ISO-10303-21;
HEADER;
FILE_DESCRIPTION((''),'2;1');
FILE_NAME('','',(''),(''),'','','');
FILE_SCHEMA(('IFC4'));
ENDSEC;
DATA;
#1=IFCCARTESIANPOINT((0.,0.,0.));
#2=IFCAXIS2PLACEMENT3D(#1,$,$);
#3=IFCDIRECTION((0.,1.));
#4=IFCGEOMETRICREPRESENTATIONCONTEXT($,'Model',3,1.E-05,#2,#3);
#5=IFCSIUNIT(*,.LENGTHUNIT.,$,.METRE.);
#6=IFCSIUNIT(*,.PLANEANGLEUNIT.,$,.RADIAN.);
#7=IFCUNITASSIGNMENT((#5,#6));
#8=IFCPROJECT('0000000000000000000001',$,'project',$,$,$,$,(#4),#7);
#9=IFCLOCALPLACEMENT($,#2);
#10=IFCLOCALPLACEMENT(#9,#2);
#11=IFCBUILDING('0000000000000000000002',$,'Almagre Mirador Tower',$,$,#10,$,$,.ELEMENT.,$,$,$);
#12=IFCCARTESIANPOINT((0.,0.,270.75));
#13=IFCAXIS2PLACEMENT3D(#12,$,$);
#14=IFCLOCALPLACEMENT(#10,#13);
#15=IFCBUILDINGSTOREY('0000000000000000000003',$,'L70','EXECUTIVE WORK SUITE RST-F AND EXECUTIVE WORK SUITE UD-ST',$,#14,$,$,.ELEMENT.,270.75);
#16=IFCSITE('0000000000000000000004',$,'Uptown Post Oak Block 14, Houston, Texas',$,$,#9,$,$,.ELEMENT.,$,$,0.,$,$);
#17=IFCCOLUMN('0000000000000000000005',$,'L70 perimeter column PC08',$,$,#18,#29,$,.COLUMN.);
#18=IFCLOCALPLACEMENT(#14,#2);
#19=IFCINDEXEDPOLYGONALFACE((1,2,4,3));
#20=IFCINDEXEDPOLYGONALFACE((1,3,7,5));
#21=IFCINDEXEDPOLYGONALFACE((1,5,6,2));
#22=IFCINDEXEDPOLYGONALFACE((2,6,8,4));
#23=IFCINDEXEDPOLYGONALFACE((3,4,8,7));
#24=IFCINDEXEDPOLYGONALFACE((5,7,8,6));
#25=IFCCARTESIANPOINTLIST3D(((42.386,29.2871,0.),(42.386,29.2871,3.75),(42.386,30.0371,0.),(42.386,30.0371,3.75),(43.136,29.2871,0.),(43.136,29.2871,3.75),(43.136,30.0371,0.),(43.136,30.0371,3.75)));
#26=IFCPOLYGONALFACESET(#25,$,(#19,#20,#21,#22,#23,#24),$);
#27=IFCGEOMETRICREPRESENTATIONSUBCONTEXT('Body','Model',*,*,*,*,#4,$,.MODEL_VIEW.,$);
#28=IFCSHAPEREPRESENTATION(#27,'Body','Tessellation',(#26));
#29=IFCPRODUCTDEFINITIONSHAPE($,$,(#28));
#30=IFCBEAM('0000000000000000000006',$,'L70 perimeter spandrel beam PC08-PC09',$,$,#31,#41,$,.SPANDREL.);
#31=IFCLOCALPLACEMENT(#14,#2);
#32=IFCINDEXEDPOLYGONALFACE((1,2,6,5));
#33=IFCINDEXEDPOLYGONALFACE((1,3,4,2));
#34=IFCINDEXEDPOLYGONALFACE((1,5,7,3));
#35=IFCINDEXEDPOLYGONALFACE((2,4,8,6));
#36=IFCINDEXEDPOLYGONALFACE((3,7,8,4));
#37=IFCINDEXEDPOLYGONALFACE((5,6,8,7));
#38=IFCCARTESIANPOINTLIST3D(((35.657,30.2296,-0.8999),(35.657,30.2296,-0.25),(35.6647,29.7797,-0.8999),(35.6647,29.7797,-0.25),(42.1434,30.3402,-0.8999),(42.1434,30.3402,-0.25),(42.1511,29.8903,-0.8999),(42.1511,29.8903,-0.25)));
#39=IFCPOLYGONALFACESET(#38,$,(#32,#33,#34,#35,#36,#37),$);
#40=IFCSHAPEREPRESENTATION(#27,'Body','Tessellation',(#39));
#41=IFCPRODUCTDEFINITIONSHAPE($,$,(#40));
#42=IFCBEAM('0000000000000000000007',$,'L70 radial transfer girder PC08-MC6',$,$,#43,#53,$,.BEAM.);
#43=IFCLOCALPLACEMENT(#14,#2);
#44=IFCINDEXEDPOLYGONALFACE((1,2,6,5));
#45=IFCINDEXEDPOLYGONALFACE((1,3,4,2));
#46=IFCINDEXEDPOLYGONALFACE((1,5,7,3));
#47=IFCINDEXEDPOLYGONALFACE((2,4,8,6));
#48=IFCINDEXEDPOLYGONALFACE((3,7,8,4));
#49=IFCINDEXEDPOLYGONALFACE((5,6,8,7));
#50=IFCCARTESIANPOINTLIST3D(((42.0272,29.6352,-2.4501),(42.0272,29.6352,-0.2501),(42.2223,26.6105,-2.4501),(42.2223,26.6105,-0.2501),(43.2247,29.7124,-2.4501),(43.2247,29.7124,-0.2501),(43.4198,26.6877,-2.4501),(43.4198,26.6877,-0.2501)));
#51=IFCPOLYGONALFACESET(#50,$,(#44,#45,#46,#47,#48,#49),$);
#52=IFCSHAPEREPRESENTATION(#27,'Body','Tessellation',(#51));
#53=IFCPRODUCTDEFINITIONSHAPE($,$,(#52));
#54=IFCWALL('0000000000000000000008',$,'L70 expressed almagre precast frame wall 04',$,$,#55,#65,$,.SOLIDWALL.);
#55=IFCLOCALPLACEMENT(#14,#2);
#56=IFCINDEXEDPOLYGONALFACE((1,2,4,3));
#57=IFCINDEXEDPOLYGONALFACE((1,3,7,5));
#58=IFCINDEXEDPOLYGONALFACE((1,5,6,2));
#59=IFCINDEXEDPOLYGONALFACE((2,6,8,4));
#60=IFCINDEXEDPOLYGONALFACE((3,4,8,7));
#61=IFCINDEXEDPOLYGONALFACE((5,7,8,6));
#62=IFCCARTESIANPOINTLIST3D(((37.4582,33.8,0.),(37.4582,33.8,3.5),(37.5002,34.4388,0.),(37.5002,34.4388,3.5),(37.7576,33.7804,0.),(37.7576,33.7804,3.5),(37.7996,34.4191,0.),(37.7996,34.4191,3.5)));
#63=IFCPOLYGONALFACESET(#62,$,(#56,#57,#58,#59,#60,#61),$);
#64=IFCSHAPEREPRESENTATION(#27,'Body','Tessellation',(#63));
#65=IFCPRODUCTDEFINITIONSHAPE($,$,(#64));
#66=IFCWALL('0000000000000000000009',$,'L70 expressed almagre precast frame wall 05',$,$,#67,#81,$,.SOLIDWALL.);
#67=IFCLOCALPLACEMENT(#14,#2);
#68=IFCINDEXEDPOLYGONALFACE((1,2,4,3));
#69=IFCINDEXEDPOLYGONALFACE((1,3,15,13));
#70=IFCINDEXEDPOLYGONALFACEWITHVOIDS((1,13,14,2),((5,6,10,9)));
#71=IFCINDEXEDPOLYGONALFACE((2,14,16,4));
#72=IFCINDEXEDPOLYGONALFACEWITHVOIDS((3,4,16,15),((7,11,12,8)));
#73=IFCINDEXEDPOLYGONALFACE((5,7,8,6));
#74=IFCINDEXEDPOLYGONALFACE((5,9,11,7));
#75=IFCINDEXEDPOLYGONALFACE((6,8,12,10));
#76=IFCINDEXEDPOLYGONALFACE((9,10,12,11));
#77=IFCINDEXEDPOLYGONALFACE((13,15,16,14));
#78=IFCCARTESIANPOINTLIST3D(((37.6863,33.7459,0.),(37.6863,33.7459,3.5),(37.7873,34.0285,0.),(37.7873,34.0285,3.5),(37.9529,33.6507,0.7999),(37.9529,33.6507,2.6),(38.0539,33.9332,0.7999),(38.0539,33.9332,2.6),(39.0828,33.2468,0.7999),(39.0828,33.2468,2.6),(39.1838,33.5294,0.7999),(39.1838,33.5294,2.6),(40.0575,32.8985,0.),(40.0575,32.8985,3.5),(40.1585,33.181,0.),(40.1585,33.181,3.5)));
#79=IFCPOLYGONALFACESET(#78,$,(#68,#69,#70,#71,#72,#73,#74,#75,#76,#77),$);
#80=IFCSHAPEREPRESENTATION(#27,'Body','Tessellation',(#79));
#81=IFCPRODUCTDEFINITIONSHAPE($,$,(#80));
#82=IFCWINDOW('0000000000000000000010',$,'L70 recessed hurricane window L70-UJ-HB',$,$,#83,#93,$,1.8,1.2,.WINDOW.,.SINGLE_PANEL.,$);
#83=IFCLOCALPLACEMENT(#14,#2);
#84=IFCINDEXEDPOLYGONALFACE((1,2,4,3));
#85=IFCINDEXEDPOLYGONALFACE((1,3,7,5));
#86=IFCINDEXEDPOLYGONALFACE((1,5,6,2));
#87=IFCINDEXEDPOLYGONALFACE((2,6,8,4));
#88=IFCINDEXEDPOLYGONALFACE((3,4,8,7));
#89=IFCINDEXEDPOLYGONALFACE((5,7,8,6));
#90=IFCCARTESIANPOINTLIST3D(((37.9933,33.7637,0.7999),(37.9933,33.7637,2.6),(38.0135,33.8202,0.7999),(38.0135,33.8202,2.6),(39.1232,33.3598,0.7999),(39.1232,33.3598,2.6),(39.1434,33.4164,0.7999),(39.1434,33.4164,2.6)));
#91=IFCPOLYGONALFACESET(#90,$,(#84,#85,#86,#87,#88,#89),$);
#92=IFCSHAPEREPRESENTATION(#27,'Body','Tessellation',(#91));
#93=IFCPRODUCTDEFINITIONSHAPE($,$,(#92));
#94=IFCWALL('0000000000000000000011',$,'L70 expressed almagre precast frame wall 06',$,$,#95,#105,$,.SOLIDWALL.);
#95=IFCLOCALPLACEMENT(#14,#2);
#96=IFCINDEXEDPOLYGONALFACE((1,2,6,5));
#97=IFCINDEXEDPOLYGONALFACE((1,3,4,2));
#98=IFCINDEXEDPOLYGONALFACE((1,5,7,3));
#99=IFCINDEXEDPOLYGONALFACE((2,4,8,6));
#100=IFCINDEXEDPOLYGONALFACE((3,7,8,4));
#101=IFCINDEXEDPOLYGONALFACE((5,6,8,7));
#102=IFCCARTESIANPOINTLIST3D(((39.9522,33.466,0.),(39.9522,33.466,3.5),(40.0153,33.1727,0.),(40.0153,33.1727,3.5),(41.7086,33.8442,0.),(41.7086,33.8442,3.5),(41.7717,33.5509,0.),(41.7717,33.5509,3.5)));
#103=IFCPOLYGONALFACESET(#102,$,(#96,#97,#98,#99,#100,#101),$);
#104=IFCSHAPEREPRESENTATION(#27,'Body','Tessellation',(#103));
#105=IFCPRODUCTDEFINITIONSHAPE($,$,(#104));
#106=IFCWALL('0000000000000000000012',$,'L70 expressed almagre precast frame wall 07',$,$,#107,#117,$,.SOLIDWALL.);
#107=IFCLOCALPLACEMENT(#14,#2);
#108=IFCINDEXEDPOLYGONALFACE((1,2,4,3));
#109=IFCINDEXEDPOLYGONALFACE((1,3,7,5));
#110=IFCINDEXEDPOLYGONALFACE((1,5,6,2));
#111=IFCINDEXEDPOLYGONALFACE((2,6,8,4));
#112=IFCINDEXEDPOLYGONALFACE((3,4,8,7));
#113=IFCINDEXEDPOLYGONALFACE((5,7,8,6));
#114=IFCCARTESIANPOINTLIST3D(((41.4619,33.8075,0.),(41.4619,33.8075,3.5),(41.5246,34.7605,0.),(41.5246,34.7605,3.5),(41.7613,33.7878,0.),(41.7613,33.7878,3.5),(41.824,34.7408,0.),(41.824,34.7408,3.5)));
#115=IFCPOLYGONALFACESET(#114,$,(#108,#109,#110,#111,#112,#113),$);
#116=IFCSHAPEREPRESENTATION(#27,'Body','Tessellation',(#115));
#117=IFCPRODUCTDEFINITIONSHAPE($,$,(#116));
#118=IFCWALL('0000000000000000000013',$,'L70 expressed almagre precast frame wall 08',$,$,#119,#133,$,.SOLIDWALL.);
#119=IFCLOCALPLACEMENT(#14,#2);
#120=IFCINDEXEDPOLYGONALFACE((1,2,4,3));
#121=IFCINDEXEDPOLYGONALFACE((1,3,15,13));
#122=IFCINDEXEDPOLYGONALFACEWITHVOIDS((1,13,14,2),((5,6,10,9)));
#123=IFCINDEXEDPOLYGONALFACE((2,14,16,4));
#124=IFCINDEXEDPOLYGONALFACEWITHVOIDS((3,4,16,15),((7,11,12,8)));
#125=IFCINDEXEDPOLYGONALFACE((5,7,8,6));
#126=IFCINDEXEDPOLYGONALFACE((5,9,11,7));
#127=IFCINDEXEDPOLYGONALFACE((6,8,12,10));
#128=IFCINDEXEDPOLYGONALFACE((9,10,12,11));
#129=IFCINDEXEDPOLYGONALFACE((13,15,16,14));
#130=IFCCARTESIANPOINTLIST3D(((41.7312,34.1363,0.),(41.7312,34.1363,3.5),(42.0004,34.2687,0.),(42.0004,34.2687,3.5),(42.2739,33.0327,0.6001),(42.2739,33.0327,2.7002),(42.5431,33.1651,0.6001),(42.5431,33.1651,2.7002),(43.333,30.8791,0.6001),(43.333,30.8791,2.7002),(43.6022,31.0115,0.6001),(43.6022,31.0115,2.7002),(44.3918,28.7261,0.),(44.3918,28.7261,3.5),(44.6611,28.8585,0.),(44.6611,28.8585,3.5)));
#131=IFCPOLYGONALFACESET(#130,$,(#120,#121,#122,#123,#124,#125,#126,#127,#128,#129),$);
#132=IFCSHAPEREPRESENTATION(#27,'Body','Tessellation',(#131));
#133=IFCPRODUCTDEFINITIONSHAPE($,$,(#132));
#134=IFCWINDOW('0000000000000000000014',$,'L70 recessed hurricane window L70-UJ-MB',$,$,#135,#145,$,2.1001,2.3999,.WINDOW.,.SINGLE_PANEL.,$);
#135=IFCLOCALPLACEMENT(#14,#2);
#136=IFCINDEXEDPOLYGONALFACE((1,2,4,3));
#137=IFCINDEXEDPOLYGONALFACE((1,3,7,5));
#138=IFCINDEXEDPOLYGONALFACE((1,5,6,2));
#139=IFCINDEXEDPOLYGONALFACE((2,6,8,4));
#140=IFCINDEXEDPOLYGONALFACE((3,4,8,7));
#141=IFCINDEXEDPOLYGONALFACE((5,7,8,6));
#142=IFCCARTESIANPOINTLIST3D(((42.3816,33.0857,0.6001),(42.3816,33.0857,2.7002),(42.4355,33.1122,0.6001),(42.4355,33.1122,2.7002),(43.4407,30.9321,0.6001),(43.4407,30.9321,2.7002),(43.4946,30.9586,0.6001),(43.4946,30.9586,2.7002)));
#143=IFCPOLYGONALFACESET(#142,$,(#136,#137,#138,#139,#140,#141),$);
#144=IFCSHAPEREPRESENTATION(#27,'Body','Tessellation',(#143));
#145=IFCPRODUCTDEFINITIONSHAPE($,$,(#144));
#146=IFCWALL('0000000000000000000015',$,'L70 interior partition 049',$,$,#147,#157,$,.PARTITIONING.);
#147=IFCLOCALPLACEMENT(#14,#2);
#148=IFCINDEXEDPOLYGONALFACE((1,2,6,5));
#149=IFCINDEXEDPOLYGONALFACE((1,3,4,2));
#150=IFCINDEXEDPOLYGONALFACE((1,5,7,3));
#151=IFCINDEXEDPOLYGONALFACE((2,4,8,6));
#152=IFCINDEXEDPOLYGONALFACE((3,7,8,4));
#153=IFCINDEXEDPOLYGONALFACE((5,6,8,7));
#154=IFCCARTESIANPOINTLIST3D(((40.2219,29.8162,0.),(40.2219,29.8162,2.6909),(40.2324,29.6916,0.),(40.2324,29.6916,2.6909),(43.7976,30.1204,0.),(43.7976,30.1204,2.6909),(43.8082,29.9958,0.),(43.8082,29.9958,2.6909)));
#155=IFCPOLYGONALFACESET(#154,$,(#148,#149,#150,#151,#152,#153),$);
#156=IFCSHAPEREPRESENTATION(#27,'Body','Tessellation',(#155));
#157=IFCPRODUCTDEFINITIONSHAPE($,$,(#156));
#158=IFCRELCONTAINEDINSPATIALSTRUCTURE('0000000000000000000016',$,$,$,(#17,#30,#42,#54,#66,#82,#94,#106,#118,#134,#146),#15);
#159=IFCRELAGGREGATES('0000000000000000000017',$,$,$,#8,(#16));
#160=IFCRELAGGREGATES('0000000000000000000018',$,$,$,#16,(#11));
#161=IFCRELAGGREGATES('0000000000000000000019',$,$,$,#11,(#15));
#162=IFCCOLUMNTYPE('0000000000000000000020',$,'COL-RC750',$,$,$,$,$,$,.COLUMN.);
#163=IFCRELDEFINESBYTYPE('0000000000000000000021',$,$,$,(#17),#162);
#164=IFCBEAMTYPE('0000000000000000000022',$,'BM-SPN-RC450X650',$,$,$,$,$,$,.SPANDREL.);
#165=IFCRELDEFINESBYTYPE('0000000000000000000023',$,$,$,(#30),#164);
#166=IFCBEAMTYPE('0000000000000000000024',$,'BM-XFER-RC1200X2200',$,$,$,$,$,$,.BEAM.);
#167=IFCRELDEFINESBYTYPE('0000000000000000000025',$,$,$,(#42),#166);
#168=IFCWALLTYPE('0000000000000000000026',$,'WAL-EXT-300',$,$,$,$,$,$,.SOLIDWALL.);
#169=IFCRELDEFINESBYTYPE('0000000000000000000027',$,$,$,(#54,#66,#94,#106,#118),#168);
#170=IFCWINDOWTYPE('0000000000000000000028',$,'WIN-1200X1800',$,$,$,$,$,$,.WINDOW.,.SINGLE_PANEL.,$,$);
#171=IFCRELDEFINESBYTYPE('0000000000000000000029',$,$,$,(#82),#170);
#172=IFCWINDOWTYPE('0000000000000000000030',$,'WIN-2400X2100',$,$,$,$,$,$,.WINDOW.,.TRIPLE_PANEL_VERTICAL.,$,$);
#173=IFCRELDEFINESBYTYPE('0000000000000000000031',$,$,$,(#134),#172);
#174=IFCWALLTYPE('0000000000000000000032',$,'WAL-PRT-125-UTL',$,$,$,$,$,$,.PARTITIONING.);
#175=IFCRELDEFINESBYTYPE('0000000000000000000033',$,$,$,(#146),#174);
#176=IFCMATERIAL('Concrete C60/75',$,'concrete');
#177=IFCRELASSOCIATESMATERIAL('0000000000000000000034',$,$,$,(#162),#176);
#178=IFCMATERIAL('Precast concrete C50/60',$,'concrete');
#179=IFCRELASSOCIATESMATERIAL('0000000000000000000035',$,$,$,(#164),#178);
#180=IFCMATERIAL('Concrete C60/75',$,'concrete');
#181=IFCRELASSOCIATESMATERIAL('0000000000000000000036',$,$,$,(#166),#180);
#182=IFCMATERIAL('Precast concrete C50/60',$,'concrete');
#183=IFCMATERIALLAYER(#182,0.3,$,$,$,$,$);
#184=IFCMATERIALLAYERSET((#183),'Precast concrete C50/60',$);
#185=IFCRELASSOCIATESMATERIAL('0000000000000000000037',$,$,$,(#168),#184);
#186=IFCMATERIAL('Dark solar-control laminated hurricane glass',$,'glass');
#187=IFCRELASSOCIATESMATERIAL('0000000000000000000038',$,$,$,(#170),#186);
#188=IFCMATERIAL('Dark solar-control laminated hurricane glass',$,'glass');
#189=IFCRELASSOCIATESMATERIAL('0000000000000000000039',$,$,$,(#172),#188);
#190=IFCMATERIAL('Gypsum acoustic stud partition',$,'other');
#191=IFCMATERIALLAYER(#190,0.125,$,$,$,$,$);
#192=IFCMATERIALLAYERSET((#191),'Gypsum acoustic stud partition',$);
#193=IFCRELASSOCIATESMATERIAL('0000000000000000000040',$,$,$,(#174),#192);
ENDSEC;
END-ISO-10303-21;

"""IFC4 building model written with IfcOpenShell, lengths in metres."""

from ifc_helpers import new_model, si_unit, direction, frame, frame_2d, origin, origin_2d, place, context, subcontext, project, spatial, rectangle, extrude, material, layer, layer_set, material_profile, profile_set, type_object, element, fill, save


model = new_model("IFC4")

# Units and contexts
model_context = context("Model", 3, precision=1e-05, world=origin(), true_north=direction((0.0, 1.0)))
body_context = subcontext(model_context, "Body", "Model", "MODEL_VIEW")
ifc_project = project(units=[si_unit("LENGTHUNIT", "METRE"), si_unit("PLANEANGLEUNIT", "RADIAN")], contexts=[model_context])

# Site, building, storey
site_placement = place(None, origin())
site = spatial("IfcSite", under=ifc_project, at=site_placement, Name="Uptown Post Oak Block 14, Houston, Texas", CompositionType="ELEMENT", RefElevation=0.0)
building_placement = place(site_placement, origin())
building = spatial("IfcBuilding", under=site, at=building_placement, Name="Almagre Mirador Tower", CompositionType="ELEMENT")
storey_placement = place(building_placement, frame((0.0, 0.0, 270.75)))
storey = spatial("IfcBuildingStorey", under=building, at=storey_placement, Name="L70", Description="EXECUTIVE WORK SUITE RST-F AND EXECUTIVE WORK SUITE UD-ST", CompositionType="ELEMENT", Elevation=270.75)

# Column
ifc_material_1 = material(Name="Concrete C60/75", Category="concrete")
ifc_material_profile_1 = material_profile(ifc_material_1, rectangle(XDim=0.75, YDim=0.75, at=origin_2d()), Name="RC750X750")
ifc_profile_set_1 = profile_set([ifc_material_profile_1], Name="Concrete C60/75")
column_type = type_object("IfcColumnType", Name="COL-RC750", PredefinedType="COLUMN", material=ifc_profile_set_1)
column_placement = place(storey_placement, frame((42.761, 29.6621, 0.0), z_axis=(0.0, 0.0, 1.0), x_axis=(1.0, 0.0, 0.0)))
element("IfcColumn", 1, at=column_placement, inside=storey, type_object=column_type, Name="L70 perimeter column PC08", PredefinedType="COLUMN", context=body_context, shape_type="SweptSolid", body=[
    extrude(rectangle(XDim=0.75, YDim=0.75, at=origin_2d()), origin(), (0.0, 0.0, 1.0), 3.75),
])

# Beams
ifc_material_2 = material(Name="Precast concrete C50/60", Category="concrete")
ifc_material_profile_2 = material_profile(ifc_material_2, rectangle(XDim=0.45, YDim=0.6499, at=origin_2d()), Name="RC450X650")
ifc_profile_set_2 = profile_set([ifc_material_profile_2], Name="Precast concrete C50/60")
beam_type_1 = type_object("IfcBeamType", Name="BM-SPN-RC450X650", PredefinedType="SPANDREL", material=ifc_profile_set_2)
beam_1_placement = place(storey_placement, frame((42.1472, 30.1152, -0.575), z_axis=(-0.999855, -0.017048, 0.0), x_axis=(0.017048, -0.999855, 0.0)))
element("IfcBeam", 2, at=beam_1_placement, inside=storey, type_object=beam_type_1, Name="L70 perimeter spandrel beam PC08-PC09", PredefinedType="SPANDREL", context=body_context, shape_type="SweptSolid", body=[
    extrude(rectangle(XDim=0.45, YDim=0.6499, at=origin_2d()), origin(), (0.0, 0.0, 1.0), 6.4873),
])
ifc_material_3 = material(Name="Concrete C60/75", Category="concrete")
ifc_material_profile_3 = material_profile(ifc_material_3, rectangle(XDim=1.2, YDim=2.2, at=origin_2d()), Name="RC1200X2200")
ifc_profile_set_3 = profile_set([ifc_material_profile_3], Name="Concrete C60/75")
beam_type_2 = type_object("IfcBeamType", Name="BM-XFER-RC1200X2200", PredefinedType="BEAM", material=ifc_profile_set_3)
beam_2_placement = place(storey_placement, frame((42.626, 29.6738, -1.3501), z_axis=(0.064359, -0.997927, 0.0), x_axis=(0.997927, 0.064359, 0.0)))
element("IfcBeam", 3, at=beam_2_placement, inside=storey, type_object=beam_type_2, Name="L70 radial transfer girder PC08-MC6", PredefinedType="BEAM", context=body_context, shape_type="SweptSolid", body=[
    extrude(rectangle(XDim=1.2, YDim=2.2, at=origin_2d()), origin(), (0.0, 0.0, 1.0), 3.031),
])

# Wall
ifc_material_4 = material(Name="Precast concrete C50/60", Category="concrete")
ifc_layer_1 = layer(ifc_material_4, 0.3)
ifc_layer_set_1 = layer_set([ifc_layer_1], Name="Precast concrete C50/60")
wall_type_1 = type_object("IfcWallType", Name="WAL-EXT-300", PredefinedType="SOLIDWALL", material=ifc_layer_set_1)
wall_1_placement = place(storey_placement, frame((37.6499, 34.429, 0.0), z_axis=(0.0, 0.0, 1.0), x_axis=(-0.065608, -0.997846, 0.0)))
element("IfcWall", 4, at=wall_1_placement, inside=storey, type_object=wall_type_1, Name="L70 expressed almagre precast frame wall 04", PredefinedType="SOLIDWALL", context=body_context, shape_type="SweptSolid", body=[
    extrude(rectangle(XDim=0.6401, YDim=0.3, at=frame_2d((0.3201, 0.0))), origin(), (0.0, 0.0, 1.0), 3.5),
])

# Wall, opening, window
wall_2_placement = place(storey_placement, frame((37.7368, 33.8872, 0.0), z_axis=(0.0, 0.0, 1.0), x_axis=(0.941667, -0.336545, 0.0)))
wall_2 = element("IfcWall", 5, at=wall_2_placement, inside=storey, type_object=wall_type_1, Name="L70 expressed almagre precast frame wall 05", PredefinedType="SOLIDWALL", context=body_context, shape_type="SweptSolid", body=[
    extrude(rectangle(XDim=2.5181, YDim=0.3, at=frame_2d((1.259, 0.0))), origin(), (0.0, 0.0, 1.0), 3.5),
])
opening_1_placement = place(wall_2_placement, frame((0.283, 0.0, 0.8)))
opening_1 = element("IfcOpeningElement", 6, at=opening_1_placement, cuts=wall_2, PredefinedType="OPENING", context=body_context, shape_type="SweptSolid", body=[
    extrude(rectangle(XDim=1.2, YDim=1.8, at=frame_2d((0.6001, 0.8999))), frame((0.0, 0.1599, 0.0), z_axis=(0.0, -1.0, 0.0), x_axis=(1.0, 0.0, 0.0)), (0.0, 0.0, 1.0), 0.32),
])
ifc_material_5 = material(Name="Dark solar-control laminated hurricane glass", Category="glass")
window_type_1 = type_object("IfcWindowType", Name="WIN-1200X1800", PartitioningType="SINGLE_PANEL", PredefinedType="WINDOW", material=ifc_material_5)
window_1_placement = place(opening_1_placement, origin())
window_1 = element("IfcWindow", 7, at=window_1_placement, inside=storey, type_object=window_type_1, Name="L70 recessed hurricane window L70-UJ-HB", OverallHeight=1.8, OverallWidth=1.2, PartitioningType="SINGLE_PANEL", PredefinedType="WINDOW", context=body_context, shape_type="SweptSolid", body=[
    extrude(rectangle(XDim=1.2, YDim=1.8, at=frame_2d((0.6001, 0.8999))), frame((0.0, 0.03, 0.0), z_axis=(0.0, -1.0, 0.0), x_axis=(1.0, 0.0, 0.0)), (0.0, 0.0, 1.0), 0.0601),
])
fill(opening_1, window_1)

# Walls
wall_3_placement = place(storey_placement, frame((39.9836, 33.3193, 0.0), z_axis=(0.0, 0.0, 1.0), x_axis=(0.977595, 0.210494, 0.0)))
element("IfcWall", 8, at=wall_3_placement, inside=storey, type_object=wall_type_1, Name="L70 expressed almagre precast frame wall 06", PredefinedType="SOLIDWALL", context=body_context, shape_type="SweptSolid", body=[
    extrude(rectangle(XDim=1.7966, YDim=0.3, at=frame_2d((0.8984, 0.0))), origin(), (0.0, 0.0, 1.0), 3.5),
])
wall_4_placement = place(storey_placement, frame((41.6116, 33.7976, 0.0), z_axis=(0.0, 0.0, 1.0), x_axis=(0.065688, 0.99784, 0.0)))
element("IfcWall", 9, at=wall_4_placement, inside=storey, type_object=wall_type_1, Name="L70 expressed almagre precast frame wall 07", PredefinedType="SOLIDWALL", context=body_context, shape_type="SweptSolid", body=[
    extrude(rectangle(XDim=0.9551, YDim=0.3, at=frame_2d((0.4775, 0.0))), origin(), (0.0, 0.0, 1.0), 3.5),
])

# Wall, opening, window
wall_5_placement = place(storey_placement, frame((41.8657, 34.2026, 0.0), z_axis=(0.0, 0.0, 1.0), x_axis=(0.441308, -0.897356, 0.0)))
wall_5 = element("IfcWall", 10, at=wall_5_placement, inside=storey, type_object=wall_type_1, Name="L70 expressed almagre precast frame wall 08", PredefinedType="SOLIDWALL", context=body_context, shape_type="SweptSolid", body=[
    extrude(rectangle(XDim=6.0291, YDim=0.3, at=frame_2d((3.0146, 0.0))), origin(), (0.0, 0.0, 1.0), 3.5),
])
opening_2_placement = place(wall_5_placement, frame((1.23, 0.0, 0.6001)))
opening_2 = element("IfcOpeningElement", 11, at=opening_2_placement, cuts=wall_5, PredefinedType="OPENING", context=body_context, shape_type="SweptSolid", body=[
    extrude(rectangle(XDim=2.3999, YDim=2.1001, at=frame_2d((1.2, 1.05))), frame((0.0, 0.1599, 0.0), z_axis=(0.0, -1.0, 0.0), x_axis=(1.0, 0.0, 0.0)), (0.0, 0.0, 1.0), 0.32),
])
ifc_material_6 = material(Name="Dark solar-control laminated hurricane glass", Category="glass")
window_type_2 = type_object("IfcWindowType", Name="WIN-2400X2100", PartitioningType="TRIPLE_PANEL_VERTICAL", PredefinedType="WINDOW", material=ifc_material_6)
window_2_placement = place(opening_2_placement, origin())
window_2 = element("IfcWindow", 12, at=window_2_placement, inside=storey, type_object=window_type_2, Name="L70 recessed hurricane window L70-UJ-MB", OverallHeight=2.1001, OverallWidth=2.3999, PartitioningType="SINGLE_PANEL", PredefinedType="WINDOW", context=body_context, shape_type="SweptSolid", body=[
    extrude(rectangle(XDim=2.3999, YDim=2.1001, at=frame_2d((1.2, 1.05))), frame((0.0, 0.03, 0.0), z_axis=(0.0, -1.0, 0.0), x_axis=(1.0, 0.0, 0.0)), (0.0, 0.0, 1.0), 0.0601),
])
fill(opening_2, window_2)

# Wall
ifc_material_7 = material(Name="Gypsum acoustic stud partition", Category="other")
ifc_layer_2 = layer(ifc_material_7, 0.125)
ifc_layer_set_2 = layer_set([ifc_layer_2], Name="Gypsum acoustic stud partition")
wall_type_2 = type_object("IfcWallType", Name="WAL-PRT-125-UTL", PredefinedType="PARTITIONING", material=ifc_layer_set_2)
wall_6_placement = place(storey_placement, frame((43.803, 30.0581, 0.0), z_axis=(0.0, 0.0, 1.0), x_axis=(-0.996401, -0.084768, 0.0)))
element("IfcWall", 13, at=wall_6_placement, inside=storey, type_object=wall_type_2, Name="L70 interior partition 049", PredefinedType="PARTITIONING", context=body_context, shape_type="SweptSolid", body=[
    extrude(rectangle(XDim=3.5886, YDim=0.125, at=frame_2d((1.7944, 0.0))), origin(), (0.0, 0.0, 1.0), 2.6909),
])

save(model, "model.ifc")
